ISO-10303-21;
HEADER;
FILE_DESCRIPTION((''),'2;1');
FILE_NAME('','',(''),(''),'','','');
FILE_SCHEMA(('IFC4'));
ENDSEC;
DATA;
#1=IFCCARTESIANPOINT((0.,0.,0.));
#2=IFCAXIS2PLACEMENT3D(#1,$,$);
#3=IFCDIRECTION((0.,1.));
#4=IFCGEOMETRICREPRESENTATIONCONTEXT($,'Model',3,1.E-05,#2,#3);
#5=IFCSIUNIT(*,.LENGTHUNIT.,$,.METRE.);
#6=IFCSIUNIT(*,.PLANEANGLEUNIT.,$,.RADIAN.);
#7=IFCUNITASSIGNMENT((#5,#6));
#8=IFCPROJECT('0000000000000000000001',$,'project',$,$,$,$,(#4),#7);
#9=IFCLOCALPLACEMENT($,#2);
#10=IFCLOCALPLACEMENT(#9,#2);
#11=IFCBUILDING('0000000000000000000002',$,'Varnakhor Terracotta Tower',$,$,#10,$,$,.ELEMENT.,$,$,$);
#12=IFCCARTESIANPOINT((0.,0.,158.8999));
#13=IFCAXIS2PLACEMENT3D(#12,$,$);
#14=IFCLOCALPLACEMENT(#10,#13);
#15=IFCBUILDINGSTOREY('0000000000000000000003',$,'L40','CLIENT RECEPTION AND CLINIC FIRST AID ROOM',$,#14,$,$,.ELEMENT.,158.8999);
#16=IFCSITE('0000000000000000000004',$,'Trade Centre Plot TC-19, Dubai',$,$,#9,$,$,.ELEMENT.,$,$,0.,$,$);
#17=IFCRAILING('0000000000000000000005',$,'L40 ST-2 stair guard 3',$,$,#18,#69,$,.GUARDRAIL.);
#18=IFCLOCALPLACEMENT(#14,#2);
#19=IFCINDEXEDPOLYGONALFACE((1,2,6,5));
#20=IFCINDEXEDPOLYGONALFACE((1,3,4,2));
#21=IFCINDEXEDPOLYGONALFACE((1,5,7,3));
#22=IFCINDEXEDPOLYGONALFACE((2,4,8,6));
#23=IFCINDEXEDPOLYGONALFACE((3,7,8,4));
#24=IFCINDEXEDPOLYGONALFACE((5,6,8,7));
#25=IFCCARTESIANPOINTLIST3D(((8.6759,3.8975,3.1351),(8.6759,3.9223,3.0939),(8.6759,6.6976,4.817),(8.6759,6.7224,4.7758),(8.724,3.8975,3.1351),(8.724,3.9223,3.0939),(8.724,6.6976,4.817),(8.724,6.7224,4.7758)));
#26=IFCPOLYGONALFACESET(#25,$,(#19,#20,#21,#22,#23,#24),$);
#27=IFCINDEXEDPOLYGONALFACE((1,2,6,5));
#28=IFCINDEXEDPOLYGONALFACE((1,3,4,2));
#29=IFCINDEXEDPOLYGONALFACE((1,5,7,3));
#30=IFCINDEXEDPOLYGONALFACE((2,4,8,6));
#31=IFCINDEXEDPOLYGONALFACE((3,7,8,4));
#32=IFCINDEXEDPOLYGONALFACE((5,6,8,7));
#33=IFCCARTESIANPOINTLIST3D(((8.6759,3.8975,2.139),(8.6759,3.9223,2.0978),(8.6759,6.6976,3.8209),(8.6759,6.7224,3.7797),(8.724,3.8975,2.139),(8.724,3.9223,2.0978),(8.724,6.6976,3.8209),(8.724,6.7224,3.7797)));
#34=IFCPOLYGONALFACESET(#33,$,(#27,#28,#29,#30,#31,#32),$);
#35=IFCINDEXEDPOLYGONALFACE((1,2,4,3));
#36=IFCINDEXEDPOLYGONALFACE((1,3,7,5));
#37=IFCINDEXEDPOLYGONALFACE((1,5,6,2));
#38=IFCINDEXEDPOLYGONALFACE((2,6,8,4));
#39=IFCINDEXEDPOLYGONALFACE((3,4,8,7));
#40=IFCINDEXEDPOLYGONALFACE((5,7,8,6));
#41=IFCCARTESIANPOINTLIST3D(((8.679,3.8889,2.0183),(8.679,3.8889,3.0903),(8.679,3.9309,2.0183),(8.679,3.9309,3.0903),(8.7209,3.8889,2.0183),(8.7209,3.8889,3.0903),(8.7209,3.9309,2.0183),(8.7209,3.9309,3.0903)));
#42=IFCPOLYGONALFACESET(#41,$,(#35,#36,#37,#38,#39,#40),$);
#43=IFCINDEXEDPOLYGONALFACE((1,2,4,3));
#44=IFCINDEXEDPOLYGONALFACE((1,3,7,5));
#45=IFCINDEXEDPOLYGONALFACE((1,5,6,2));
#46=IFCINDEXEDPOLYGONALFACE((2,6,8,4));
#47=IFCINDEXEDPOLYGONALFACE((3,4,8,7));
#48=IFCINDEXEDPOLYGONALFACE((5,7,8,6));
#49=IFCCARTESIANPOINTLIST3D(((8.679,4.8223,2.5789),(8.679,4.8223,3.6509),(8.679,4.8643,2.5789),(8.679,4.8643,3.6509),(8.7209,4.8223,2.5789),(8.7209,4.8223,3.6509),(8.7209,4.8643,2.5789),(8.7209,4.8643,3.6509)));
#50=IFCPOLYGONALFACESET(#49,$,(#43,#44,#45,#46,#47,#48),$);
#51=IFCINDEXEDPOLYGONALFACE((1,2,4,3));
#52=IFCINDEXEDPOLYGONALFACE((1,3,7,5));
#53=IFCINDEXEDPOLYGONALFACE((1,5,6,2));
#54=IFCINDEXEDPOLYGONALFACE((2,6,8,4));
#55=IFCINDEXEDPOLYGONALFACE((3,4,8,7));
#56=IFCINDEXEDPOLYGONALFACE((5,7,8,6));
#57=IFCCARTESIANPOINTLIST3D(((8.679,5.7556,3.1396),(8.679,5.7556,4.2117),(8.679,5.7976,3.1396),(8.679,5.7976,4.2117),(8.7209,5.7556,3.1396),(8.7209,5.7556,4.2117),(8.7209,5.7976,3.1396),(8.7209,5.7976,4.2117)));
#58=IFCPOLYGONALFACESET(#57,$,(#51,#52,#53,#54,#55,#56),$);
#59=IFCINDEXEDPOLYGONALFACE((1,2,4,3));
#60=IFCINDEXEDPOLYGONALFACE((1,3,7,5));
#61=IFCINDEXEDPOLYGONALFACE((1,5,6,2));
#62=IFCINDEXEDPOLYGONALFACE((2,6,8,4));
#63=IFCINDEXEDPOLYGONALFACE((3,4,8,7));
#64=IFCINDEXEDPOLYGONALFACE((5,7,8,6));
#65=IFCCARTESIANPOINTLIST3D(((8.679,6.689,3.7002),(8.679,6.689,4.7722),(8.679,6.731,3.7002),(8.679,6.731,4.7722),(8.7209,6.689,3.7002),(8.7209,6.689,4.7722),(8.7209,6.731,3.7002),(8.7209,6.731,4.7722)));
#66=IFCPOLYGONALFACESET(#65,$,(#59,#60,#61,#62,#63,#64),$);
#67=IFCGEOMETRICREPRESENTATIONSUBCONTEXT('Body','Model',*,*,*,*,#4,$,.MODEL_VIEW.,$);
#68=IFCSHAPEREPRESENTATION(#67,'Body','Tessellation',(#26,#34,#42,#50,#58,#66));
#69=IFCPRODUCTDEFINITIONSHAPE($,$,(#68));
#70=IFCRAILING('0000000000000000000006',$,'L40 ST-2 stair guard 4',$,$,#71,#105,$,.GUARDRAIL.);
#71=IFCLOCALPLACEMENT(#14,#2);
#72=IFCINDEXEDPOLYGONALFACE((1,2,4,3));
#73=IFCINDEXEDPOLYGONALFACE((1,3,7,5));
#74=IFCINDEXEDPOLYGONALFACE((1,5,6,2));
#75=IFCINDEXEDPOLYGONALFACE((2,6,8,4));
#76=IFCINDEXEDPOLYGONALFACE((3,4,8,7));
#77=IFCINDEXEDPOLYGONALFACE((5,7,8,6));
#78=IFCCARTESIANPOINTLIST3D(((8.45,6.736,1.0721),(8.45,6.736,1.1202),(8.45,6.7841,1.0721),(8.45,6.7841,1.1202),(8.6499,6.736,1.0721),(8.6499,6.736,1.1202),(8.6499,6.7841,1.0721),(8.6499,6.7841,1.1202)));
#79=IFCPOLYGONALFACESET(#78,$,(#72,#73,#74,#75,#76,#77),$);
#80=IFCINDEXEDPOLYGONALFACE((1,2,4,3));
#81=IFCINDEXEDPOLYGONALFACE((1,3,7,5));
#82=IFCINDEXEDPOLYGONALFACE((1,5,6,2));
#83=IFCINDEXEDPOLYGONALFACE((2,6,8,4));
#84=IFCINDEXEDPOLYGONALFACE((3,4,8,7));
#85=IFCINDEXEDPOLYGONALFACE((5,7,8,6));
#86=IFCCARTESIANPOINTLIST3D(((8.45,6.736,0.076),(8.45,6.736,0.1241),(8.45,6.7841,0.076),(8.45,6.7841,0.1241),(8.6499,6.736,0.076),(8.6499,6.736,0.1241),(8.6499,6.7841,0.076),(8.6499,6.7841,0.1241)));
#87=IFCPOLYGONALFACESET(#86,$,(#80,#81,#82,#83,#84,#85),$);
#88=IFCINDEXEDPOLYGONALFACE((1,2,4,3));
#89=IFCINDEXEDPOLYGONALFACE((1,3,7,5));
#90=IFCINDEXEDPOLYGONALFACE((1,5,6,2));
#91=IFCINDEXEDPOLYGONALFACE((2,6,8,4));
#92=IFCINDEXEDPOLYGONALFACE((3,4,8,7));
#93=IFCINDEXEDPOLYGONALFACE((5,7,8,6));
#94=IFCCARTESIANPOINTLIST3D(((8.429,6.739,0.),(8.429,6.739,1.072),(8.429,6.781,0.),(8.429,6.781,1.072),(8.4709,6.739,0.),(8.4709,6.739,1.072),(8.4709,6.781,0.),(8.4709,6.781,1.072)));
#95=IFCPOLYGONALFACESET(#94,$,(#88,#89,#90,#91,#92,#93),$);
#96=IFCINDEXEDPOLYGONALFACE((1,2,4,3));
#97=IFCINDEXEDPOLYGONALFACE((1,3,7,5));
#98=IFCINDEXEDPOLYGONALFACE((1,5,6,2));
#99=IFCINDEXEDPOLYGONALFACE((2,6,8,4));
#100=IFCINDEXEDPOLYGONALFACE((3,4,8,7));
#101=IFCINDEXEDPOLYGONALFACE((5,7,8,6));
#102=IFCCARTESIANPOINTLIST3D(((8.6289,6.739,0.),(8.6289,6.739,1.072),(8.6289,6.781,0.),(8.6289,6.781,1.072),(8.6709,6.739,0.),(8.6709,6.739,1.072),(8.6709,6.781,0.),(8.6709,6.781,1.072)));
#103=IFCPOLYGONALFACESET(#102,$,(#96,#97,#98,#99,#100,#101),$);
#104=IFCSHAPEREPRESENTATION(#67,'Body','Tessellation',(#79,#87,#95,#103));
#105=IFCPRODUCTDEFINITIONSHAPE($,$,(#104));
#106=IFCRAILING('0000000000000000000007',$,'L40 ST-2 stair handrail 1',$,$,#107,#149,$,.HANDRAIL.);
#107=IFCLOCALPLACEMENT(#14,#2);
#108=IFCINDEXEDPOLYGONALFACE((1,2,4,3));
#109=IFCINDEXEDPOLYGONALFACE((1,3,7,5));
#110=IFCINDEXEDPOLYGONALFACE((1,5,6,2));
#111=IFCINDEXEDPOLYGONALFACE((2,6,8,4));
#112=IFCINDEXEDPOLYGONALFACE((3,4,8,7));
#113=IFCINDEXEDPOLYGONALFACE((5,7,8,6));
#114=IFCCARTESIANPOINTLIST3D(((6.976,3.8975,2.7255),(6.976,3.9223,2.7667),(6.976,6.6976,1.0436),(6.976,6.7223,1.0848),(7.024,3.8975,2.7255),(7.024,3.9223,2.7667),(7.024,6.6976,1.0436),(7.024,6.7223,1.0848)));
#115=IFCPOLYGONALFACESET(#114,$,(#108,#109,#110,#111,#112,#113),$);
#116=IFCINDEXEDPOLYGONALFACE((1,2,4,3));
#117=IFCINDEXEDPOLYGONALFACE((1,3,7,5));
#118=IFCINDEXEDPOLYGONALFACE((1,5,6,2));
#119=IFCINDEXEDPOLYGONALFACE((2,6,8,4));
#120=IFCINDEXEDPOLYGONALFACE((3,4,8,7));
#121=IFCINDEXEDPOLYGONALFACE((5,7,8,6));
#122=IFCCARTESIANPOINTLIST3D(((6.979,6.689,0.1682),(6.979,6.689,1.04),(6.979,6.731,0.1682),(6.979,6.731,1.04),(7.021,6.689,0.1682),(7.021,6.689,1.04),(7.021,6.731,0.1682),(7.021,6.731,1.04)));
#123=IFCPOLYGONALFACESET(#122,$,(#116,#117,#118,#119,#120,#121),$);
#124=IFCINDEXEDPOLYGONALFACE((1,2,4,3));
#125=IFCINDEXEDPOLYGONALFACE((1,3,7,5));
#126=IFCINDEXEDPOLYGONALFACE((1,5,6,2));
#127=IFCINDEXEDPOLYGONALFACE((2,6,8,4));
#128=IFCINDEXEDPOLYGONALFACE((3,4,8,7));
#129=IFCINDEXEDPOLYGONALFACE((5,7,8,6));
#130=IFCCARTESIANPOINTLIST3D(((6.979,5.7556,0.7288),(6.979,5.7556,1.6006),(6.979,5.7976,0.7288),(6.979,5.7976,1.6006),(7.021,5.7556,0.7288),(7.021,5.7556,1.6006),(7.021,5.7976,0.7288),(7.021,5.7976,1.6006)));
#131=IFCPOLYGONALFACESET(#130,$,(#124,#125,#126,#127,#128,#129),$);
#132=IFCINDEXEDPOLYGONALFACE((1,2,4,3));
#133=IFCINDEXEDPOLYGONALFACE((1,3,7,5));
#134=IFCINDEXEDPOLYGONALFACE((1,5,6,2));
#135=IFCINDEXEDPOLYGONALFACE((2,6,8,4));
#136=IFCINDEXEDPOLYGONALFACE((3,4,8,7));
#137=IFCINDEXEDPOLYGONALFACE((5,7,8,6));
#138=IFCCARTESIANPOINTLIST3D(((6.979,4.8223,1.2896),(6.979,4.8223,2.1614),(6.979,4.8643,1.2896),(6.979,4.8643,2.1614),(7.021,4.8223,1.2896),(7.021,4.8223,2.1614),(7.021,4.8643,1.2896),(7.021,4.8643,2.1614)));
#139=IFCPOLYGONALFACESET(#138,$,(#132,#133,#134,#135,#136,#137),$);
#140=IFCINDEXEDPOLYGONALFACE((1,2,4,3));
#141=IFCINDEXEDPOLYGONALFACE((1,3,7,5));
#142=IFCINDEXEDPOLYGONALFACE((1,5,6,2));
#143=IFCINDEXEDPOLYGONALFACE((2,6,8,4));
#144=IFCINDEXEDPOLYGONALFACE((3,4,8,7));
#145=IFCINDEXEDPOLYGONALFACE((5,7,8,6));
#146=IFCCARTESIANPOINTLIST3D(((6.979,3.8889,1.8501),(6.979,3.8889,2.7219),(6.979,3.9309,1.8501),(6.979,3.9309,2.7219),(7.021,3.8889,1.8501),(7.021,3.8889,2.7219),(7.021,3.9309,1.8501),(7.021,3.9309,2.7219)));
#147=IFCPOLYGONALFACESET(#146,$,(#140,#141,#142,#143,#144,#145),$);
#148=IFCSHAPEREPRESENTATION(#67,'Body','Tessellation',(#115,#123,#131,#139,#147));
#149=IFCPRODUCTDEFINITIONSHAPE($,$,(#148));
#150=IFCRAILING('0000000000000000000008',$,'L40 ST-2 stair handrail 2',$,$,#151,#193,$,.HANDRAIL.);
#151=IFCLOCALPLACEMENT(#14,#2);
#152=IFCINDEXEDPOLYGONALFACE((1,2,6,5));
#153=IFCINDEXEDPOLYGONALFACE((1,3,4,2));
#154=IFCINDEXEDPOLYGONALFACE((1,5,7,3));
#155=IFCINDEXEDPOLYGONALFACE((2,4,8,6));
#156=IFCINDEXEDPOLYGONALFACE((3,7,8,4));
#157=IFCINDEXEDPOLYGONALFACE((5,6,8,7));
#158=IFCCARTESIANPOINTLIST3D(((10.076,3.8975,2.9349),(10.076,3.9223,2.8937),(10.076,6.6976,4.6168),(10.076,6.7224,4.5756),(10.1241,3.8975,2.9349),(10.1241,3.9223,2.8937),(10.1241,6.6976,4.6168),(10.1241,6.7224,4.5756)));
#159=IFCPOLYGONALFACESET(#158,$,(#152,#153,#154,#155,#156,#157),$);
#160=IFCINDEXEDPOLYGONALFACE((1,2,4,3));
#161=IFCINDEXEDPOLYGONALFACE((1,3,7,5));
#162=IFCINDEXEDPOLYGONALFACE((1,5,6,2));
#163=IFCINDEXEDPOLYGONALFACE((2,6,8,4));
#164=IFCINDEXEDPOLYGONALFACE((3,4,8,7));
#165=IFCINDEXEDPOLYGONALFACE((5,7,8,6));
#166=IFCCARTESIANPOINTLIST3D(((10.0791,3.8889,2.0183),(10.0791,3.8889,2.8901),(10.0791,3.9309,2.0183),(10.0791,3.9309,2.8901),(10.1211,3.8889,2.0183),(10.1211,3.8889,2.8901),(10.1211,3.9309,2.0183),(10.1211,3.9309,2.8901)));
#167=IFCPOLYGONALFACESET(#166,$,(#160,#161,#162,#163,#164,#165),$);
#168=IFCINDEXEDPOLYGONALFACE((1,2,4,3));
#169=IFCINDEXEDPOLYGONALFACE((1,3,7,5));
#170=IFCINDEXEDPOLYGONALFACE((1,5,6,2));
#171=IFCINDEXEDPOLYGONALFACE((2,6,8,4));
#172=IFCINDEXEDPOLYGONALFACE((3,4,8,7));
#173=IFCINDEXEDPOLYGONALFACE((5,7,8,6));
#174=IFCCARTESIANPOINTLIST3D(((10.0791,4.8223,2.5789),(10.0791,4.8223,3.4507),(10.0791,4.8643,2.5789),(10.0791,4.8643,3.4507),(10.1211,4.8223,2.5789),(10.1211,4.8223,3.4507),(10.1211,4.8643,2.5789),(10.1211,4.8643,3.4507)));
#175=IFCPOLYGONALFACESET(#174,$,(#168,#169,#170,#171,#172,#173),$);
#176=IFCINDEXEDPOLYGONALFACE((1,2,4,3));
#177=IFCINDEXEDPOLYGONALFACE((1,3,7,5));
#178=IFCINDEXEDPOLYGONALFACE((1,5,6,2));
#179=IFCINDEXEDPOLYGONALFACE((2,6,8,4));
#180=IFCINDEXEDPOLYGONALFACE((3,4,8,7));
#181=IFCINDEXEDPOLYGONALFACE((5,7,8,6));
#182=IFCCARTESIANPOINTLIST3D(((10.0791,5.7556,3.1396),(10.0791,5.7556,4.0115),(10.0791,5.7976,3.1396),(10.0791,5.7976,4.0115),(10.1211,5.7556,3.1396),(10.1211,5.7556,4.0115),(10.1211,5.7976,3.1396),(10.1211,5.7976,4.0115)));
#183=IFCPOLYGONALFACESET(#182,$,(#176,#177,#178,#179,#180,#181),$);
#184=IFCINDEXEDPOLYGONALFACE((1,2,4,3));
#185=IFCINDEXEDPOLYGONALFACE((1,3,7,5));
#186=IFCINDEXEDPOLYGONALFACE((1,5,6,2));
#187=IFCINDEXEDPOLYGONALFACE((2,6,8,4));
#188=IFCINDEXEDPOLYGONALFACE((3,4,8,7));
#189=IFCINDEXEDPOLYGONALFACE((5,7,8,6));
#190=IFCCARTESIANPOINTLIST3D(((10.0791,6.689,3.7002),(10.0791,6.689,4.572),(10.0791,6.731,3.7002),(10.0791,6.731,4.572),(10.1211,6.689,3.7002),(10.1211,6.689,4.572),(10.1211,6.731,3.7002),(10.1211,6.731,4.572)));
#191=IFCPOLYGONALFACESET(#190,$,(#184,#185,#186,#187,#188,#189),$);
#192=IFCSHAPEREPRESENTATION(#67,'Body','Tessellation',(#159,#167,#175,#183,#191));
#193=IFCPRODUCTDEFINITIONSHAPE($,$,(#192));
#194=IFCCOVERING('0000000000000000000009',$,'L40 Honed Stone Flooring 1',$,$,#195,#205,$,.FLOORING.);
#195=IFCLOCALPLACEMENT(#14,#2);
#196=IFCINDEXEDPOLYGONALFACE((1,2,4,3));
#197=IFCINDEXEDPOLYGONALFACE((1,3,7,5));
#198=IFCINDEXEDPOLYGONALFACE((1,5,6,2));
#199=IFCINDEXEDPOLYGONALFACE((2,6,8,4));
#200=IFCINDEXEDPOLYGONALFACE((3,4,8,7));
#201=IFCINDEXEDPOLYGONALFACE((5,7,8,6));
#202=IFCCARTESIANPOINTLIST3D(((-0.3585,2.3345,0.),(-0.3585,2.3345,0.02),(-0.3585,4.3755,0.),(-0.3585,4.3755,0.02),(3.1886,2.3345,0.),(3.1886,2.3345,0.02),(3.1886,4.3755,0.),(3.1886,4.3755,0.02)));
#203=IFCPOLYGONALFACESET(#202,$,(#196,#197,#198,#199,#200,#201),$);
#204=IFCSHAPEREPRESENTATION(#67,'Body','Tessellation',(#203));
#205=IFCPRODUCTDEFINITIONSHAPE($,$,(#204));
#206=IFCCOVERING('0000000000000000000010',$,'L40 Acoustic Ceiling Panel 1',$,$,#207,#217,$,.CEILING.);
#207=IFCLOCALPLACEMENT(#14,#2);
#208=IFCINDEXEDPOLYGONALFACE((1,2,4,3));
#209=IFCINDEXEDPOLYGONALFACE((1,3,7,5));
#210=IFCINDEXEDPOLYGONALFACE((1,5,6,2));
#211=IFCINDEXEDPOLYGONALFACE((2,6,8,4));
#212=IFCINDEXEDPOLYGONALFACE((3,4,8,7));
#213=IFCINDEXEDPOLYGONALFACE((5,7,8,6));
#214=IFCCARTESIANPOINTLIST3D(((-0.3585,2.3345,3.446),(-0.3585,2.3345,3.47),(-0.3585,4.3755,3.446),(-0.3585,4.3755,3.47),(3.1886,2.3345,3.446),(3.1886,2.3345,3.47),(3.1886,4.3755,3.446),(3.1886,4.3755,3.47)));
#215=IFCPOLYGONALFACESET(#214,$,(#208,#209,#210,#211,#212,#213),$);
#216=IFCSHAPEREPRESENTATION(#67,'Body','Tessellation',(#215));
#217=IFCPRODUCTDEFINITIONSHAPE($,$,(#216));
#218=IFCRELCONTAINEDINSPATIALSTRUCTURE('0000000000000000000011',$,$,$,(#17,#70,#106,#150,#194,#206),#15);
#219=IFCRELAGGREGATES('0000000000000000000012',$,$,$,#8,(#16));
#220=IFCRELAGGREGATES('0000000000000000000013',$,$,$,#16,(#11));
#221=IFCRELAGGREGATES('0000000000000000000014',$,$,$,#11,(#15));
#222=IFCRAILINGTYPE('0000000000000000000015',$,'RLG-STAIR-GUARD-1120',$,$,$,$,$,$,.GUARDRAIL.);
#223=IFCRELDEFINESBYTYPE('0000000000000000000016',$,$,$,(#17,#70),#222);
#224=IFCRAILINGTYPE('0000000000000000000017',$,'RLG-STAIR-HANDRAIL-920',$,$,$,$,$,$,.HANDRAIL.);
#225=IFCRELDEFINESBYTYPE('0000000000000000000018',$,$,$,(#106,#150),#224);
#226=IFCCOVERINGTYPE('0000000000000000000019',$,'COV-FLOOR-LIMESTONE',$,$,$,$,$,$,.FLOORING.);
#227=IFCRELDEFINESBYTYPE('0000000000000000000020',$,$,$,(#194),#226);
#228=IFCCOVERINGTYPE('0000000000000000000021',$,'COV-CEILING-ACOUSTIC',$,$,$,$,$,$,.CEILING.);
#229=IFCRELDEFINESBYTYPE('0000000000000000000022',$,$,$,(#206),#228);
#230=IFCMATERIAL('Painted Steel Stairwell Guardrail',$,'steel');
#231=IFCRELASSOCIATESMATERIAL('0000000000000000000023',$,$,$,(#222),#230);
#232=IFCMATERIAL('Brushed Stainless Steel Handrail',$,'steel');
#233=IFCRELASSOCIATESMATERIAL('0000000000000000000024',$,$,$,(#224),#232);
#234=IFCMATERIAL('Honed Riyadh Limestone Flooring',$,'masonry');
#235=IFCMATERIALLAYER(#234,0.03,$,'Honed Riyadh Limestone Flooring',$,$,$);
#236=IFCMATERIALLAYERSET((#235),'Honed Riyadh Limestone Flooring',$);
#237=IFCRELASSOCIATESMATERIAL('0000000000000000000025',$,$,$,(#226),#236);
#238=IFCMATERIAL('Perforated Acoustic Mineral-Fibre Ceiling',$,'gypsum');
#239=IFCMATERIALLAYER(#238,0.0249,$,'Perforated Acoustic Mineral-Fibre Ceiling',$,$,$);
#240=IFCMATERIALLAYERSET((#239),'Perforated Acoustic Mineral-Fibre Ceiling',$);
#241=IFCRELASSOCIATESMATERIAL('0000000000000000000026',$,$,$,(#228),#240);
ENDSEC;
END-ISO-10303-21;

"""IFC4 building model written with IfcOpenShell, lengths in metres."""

from ifc_helpers import new_model, si_unit, direction, frame, origin, origin_2d, place, context, subcontext, project, spatial, rectangle, extrude, source, transform, mapped, material, layer, layer_set, type_object, element, save


model = new_model("IFC4")

# Units and contexts
model_context = context("Model", 3, precision=1e-05, world=origin(), true_north=direction((0.0, 1.0)))
body_context = subcontext(model_context, "Body", "Model", "MODEL_VIEW")
ifc_project = project(units=[si_unit("LENGTHUNIT", "METRE"), si_unit("PLANEANGLEUNIT", "RADIAN")], contexts=[model_context])

# Site, building, storey
site_placement = place(None, origin())
site = spatial("IfcSite", under=ifc_project, at=site_placement, Name="Trade Centre Plot TC-19, Dubai", CompositionType="ELEMENT", RefElevation=0.0)
building_placement = place(site_placement, origin())
building = spatial("IfcBuilding", under=site, at=building_placement, Name="Varnakhor Terracotta Tower", CompositionType="ELEMENT")
storey_placement = place(building_placement, frame((0.0, 0.0, 158.8999)))
storey = spatial("IfcBuildingStorey", under=building, at=storey_placement, Name="L40", Description="CLIENT RECEPTION AND CLINIC FIRST AID ROOM", CompositionType="ELEMENT", Elevation=158.8999)

# Railings
ifc_material_1 = material(Name="Painted Steel Stairwell Guardrail", Category="steel")
railing_type_1 = type_object("IfcRailingType", Name="RLG-STAIR-GUARD-1120", PredefinedType="GUARDRAIL", material=ifc_material_1)
railing_1_placement = place(storey_placement, frame((8.7, 3.9099, 2.0183)))
element("IfcRailing", 1, at=railing_1_placement, inside=storey, type_object=railing_type_1, Name="L40 ST-2 stair guard 3", PredefinedType="GUARDRAIL", context=body_context, shape_type="SweptSolid", body=[
    extrude(rectangle(XDim=0.0481, YDim=0.0481, at=origin_2d()), frame((0.0, 0.0, 1.0962), z_axis=(0.0, 0.857242, 0.514913), x_axis=(-1.0, 0.0, 0.0)), (0.0, 0.0, 1.0), 3.2664),
    extrude(rectangle(XDim=0.0481, YDim=0.0481, at=origin_2d()), frame((0.0, 0.0, 0.1001), z_axis=(0.0, 0.857242, 0.514913), x_axis=(-1.0, 0.0, 0.0)), (0.0, 0.0, 1.0), 3.2664),
    extrude(rectangle(XDim=0.042, YDim=0.042, at=origin_2d()), origin(), (0.0, 0.0, 1.0), 1.072),
    extrude(rectangle(XDim=0.042, YDim=0.042, at=origin_2d()), frame((0.0, 0.9333, 0.5605)), (0.0, 0.0, 1.0), 1.072),
    extrude(rectangle(XDim=0.042, YDim=0.042, at=origin_2d()), frame((0.0, 1.8667, 1.1213)), (0.0, 0.0, 1.0), 1.072),
    extrude(rectangle(XDim=0.042, YDim=0.042, at=origin_2d()), frame((0.0, 2.8, 1.6819)), (0.0, 0.0, 1.0), 1.072),
])
railing_2_placement = place(storey_placement, frame((8.45, 6.76, 0.0)))
element("IfcRailing", 2, at=railing_2_placement, inside=storey, type_object=railing_type_1, Name="L40 ST-2 stair guard 4", PredefinedType="GUARDRAIL", context=body_context, shape_type="SweptSolid", body=[
    extrude(rectangle(XDim=0.0481, YDim=0.0481, at=origin_2d()), frame((0.0, 0.0, 1.0962), z_axis=(1.0, 0.0, 0.0), x_axis=(0.0, 1.0, 0.0)), (0.0, 0.0, 1.0), 0.2),
    extrude(rectangle(XDim=0.0481, YDim=0.0481, at=origin_2d()), frame((0.0, 0.0, 0.1001), z_axis=(1.0, 0.0, 0.0), x_axis=(0.0, 1.0, 0.0)), (0.0, 0.0, 1.0), 0.2),
    extrude(rectangle(XDim=0.042, YDim=0.042, at=origin_2d()), origin(), (0.0, 0.0, 1.0), 1.072),
    extrude(rectangle(XDim=0.042, YDim=0.042, at=origin_2d()), frame((0.2, 0.0, 0.0)), (0.0, 0.0, 1.0), 1.072),
])
ifc_material_2 = material(Name="Brushed Stainless Steel Handrail", Category="steel")
railing_type_2 = type_object("IfcRailingType", Name="RLG-STAIR-HANDRAIL-920", PredefinedType="HANDRAIL", material=ifc_material_2)
railing_3_placement = place(storey_placement, frame((7.0, 6.71, 0.1682)))
element("IfcRailing", 3, at=railing_3_placement, inside=storey, type_object=railing_type_2, Name="L40 ST-2 stair handrail 1", PredefinedType="HANDRAIL", context=body_context, shape_type="SweptSolid", body=[
    extrude(rectangle(XDim=0.0481, YDim=0.0481, at=origin_2d()), frame((0.0, 0.0, 0.896), z_axis=(0.0, -0.857242, 0.514913), x_axis=(1.0, 0.0, 0.0)), (0.0, 0.0, 1.0), 3.2664),
    extrude(rectangle(XDim=0.042, YDim=0.042, at=origin_2d()), origin(), (0.0, 0.0, 1.0), 0.8718),
    extrude(rectangle(XDim=0.042, YDim=0.042, at=origin_2d()), frame((0.0, -0.9333, 0.5605)), (0.0, 0.0, 1.0), 0.8718),
    extrude(rectangle(XDim=0.042, YDim=0.042, at=origin_2d()), frame((0.0, -1.8667, 1.1213)), (0.0, 0.0, 1.0), 0.8718),
    extrude(rectangle(XDim=0.042, YDim=0.042, at=origin_2d()), frame((0.0, -2.8, 1.6819)), (0.0, 0.0, 1.0), 0.8718),
])
railing_4_placement = place(storey_placement, frame((10.1001, 3.9099, 2.0183)))
element("IfcRailing", 4, at=railing_4_placement, inside=storey, type_object=railing_type_2, Name="L40 ST-2 stair handrail 2", PredefinedType="HANDRAIL", context=body_context, shape_type="SweptSolid", body=[
    extrude(rectangle(XDim=0.0481, YDim=0.0481, at=origin_2d()), frame((0.0, 0.0, 0.896), z_axis=(0.0, 0.857242, 0.514913), x_axis=(-1.0, 0.0, 0.0)), (0.0, 0.0, 1.0), 3.2664),
    extrude(rectangle(XDim=0.042, YDim=0.042, at=origin_2d()), origin(), (0.0, 0.0, 1.0), 0.8718),
    extrude(rectangle(XDim=0.042, YDim=0.042, at=origin_2d()), frame((0.0, 0.9333, 0.5605)), (0.0, 0.0, 1.0), 0.8718),
    extrude(rectangle(XDim=0.042, YDim=0.042, at=origin_2d()), frame((0.0, 1.8667, 1.1213)), (0.0, 0.0, 1.0), 0.8718),
    extrude(rectangle(XDim=0.042, YDim=0.042, at=origin_2d()), frame((0.0, 2.8, 1.6819)), (0.0, 0.0, 1.0), 0.8718),
])

# Coverings
ifc_material_3 = material(Name="Honed Riyadh Limestone Flooring", Category="masonry")
ifc_layer_1 = layer(ifc_material_3, 0.03, Name="Honed Riyadh Limestone Flooring")
ifc_layer_set_1 = layer_set([ifc_layer_1], Name="Honed Riyadh Limestone Flooring")
covering_type_1 = type_object("IfcCoveringType", Name="COV-FLOOR-LIMESTONE", PredefinedType="FLOORING", material=ifc_layer_set_1)
shared_shape_1 = source(origin(), body_context, "Body", "SweptSolid", [
    extrude(rectangle(XDim=3.5471, YDim=2.041, at=origin_2d()), origin(), (0.0, 0.0, 1.0), 0.02),
])
covering_1_placement = place(storey_placement, frame((1.415, 3.355, 0.0), z_axis=(0.0, 0.0, 1.0), x_axis=(1.0, 0.0, 0.0)))
element("IfcCovering", 5, at=covering_1_placement, inside=storey, type_object=covering_type_1, Name="L40 Honed Stone Flooring 1", PredefinedType="FLOORING", context=body_context, shape_type="MappedRepresentation", body=[
    mapped(shared_shape_1, transform((0.0, 0.0, 0.0), scale=1.0)),
])
ifc_material_4 = material(Name="Perforated Acoustic Mineral-Fibre Ceiling", Category="gypsum")
ifc_layer_2 = layer(ifc_material_4, 0.0249, Name="Perforated Acoustic Mineral-Fibre Ceiling")
ifc_layer_set_2 = layer_set([ifc_layer_2], Name="Perforated Acoustic Mineral-Fibre Ceiling")
covering_type_2 = type_object("IfcCoveringType", Name="COV-CEILING-ACOUSTIC", PredefinedType="CEILING", material=ifc_layer_set_2)
shared_shape_2 = source(origin(), body_context, "Body", "SweptSolid", [
    extrude(rectangle(XDim=3.5471, YDim=2.041, at=origin_2d()), origin(), (0.0, 0.0, 1.0), 0.0239),
])
covering_2_placement = place(storey_placement, frame((1.415, 3.355, 3.446), z_axis=(0.0, 0.0, 1.0), x_axis=(1.0, 0.0, 0.0)))
element("IfcCovering", 6, at=covering_2_placement, inside=storey, type_object=covering_type_2, Name="L40 Acoustic Ceiling Panel 1", PredefinedType="CEILING", context=body_context, shape_type="MappedRepresentation", body=[
    mapped(shared_shape_2, transform((0.0, 0.0, 0.0), scale=1.0)),
])

save(model, "model.ifc")
